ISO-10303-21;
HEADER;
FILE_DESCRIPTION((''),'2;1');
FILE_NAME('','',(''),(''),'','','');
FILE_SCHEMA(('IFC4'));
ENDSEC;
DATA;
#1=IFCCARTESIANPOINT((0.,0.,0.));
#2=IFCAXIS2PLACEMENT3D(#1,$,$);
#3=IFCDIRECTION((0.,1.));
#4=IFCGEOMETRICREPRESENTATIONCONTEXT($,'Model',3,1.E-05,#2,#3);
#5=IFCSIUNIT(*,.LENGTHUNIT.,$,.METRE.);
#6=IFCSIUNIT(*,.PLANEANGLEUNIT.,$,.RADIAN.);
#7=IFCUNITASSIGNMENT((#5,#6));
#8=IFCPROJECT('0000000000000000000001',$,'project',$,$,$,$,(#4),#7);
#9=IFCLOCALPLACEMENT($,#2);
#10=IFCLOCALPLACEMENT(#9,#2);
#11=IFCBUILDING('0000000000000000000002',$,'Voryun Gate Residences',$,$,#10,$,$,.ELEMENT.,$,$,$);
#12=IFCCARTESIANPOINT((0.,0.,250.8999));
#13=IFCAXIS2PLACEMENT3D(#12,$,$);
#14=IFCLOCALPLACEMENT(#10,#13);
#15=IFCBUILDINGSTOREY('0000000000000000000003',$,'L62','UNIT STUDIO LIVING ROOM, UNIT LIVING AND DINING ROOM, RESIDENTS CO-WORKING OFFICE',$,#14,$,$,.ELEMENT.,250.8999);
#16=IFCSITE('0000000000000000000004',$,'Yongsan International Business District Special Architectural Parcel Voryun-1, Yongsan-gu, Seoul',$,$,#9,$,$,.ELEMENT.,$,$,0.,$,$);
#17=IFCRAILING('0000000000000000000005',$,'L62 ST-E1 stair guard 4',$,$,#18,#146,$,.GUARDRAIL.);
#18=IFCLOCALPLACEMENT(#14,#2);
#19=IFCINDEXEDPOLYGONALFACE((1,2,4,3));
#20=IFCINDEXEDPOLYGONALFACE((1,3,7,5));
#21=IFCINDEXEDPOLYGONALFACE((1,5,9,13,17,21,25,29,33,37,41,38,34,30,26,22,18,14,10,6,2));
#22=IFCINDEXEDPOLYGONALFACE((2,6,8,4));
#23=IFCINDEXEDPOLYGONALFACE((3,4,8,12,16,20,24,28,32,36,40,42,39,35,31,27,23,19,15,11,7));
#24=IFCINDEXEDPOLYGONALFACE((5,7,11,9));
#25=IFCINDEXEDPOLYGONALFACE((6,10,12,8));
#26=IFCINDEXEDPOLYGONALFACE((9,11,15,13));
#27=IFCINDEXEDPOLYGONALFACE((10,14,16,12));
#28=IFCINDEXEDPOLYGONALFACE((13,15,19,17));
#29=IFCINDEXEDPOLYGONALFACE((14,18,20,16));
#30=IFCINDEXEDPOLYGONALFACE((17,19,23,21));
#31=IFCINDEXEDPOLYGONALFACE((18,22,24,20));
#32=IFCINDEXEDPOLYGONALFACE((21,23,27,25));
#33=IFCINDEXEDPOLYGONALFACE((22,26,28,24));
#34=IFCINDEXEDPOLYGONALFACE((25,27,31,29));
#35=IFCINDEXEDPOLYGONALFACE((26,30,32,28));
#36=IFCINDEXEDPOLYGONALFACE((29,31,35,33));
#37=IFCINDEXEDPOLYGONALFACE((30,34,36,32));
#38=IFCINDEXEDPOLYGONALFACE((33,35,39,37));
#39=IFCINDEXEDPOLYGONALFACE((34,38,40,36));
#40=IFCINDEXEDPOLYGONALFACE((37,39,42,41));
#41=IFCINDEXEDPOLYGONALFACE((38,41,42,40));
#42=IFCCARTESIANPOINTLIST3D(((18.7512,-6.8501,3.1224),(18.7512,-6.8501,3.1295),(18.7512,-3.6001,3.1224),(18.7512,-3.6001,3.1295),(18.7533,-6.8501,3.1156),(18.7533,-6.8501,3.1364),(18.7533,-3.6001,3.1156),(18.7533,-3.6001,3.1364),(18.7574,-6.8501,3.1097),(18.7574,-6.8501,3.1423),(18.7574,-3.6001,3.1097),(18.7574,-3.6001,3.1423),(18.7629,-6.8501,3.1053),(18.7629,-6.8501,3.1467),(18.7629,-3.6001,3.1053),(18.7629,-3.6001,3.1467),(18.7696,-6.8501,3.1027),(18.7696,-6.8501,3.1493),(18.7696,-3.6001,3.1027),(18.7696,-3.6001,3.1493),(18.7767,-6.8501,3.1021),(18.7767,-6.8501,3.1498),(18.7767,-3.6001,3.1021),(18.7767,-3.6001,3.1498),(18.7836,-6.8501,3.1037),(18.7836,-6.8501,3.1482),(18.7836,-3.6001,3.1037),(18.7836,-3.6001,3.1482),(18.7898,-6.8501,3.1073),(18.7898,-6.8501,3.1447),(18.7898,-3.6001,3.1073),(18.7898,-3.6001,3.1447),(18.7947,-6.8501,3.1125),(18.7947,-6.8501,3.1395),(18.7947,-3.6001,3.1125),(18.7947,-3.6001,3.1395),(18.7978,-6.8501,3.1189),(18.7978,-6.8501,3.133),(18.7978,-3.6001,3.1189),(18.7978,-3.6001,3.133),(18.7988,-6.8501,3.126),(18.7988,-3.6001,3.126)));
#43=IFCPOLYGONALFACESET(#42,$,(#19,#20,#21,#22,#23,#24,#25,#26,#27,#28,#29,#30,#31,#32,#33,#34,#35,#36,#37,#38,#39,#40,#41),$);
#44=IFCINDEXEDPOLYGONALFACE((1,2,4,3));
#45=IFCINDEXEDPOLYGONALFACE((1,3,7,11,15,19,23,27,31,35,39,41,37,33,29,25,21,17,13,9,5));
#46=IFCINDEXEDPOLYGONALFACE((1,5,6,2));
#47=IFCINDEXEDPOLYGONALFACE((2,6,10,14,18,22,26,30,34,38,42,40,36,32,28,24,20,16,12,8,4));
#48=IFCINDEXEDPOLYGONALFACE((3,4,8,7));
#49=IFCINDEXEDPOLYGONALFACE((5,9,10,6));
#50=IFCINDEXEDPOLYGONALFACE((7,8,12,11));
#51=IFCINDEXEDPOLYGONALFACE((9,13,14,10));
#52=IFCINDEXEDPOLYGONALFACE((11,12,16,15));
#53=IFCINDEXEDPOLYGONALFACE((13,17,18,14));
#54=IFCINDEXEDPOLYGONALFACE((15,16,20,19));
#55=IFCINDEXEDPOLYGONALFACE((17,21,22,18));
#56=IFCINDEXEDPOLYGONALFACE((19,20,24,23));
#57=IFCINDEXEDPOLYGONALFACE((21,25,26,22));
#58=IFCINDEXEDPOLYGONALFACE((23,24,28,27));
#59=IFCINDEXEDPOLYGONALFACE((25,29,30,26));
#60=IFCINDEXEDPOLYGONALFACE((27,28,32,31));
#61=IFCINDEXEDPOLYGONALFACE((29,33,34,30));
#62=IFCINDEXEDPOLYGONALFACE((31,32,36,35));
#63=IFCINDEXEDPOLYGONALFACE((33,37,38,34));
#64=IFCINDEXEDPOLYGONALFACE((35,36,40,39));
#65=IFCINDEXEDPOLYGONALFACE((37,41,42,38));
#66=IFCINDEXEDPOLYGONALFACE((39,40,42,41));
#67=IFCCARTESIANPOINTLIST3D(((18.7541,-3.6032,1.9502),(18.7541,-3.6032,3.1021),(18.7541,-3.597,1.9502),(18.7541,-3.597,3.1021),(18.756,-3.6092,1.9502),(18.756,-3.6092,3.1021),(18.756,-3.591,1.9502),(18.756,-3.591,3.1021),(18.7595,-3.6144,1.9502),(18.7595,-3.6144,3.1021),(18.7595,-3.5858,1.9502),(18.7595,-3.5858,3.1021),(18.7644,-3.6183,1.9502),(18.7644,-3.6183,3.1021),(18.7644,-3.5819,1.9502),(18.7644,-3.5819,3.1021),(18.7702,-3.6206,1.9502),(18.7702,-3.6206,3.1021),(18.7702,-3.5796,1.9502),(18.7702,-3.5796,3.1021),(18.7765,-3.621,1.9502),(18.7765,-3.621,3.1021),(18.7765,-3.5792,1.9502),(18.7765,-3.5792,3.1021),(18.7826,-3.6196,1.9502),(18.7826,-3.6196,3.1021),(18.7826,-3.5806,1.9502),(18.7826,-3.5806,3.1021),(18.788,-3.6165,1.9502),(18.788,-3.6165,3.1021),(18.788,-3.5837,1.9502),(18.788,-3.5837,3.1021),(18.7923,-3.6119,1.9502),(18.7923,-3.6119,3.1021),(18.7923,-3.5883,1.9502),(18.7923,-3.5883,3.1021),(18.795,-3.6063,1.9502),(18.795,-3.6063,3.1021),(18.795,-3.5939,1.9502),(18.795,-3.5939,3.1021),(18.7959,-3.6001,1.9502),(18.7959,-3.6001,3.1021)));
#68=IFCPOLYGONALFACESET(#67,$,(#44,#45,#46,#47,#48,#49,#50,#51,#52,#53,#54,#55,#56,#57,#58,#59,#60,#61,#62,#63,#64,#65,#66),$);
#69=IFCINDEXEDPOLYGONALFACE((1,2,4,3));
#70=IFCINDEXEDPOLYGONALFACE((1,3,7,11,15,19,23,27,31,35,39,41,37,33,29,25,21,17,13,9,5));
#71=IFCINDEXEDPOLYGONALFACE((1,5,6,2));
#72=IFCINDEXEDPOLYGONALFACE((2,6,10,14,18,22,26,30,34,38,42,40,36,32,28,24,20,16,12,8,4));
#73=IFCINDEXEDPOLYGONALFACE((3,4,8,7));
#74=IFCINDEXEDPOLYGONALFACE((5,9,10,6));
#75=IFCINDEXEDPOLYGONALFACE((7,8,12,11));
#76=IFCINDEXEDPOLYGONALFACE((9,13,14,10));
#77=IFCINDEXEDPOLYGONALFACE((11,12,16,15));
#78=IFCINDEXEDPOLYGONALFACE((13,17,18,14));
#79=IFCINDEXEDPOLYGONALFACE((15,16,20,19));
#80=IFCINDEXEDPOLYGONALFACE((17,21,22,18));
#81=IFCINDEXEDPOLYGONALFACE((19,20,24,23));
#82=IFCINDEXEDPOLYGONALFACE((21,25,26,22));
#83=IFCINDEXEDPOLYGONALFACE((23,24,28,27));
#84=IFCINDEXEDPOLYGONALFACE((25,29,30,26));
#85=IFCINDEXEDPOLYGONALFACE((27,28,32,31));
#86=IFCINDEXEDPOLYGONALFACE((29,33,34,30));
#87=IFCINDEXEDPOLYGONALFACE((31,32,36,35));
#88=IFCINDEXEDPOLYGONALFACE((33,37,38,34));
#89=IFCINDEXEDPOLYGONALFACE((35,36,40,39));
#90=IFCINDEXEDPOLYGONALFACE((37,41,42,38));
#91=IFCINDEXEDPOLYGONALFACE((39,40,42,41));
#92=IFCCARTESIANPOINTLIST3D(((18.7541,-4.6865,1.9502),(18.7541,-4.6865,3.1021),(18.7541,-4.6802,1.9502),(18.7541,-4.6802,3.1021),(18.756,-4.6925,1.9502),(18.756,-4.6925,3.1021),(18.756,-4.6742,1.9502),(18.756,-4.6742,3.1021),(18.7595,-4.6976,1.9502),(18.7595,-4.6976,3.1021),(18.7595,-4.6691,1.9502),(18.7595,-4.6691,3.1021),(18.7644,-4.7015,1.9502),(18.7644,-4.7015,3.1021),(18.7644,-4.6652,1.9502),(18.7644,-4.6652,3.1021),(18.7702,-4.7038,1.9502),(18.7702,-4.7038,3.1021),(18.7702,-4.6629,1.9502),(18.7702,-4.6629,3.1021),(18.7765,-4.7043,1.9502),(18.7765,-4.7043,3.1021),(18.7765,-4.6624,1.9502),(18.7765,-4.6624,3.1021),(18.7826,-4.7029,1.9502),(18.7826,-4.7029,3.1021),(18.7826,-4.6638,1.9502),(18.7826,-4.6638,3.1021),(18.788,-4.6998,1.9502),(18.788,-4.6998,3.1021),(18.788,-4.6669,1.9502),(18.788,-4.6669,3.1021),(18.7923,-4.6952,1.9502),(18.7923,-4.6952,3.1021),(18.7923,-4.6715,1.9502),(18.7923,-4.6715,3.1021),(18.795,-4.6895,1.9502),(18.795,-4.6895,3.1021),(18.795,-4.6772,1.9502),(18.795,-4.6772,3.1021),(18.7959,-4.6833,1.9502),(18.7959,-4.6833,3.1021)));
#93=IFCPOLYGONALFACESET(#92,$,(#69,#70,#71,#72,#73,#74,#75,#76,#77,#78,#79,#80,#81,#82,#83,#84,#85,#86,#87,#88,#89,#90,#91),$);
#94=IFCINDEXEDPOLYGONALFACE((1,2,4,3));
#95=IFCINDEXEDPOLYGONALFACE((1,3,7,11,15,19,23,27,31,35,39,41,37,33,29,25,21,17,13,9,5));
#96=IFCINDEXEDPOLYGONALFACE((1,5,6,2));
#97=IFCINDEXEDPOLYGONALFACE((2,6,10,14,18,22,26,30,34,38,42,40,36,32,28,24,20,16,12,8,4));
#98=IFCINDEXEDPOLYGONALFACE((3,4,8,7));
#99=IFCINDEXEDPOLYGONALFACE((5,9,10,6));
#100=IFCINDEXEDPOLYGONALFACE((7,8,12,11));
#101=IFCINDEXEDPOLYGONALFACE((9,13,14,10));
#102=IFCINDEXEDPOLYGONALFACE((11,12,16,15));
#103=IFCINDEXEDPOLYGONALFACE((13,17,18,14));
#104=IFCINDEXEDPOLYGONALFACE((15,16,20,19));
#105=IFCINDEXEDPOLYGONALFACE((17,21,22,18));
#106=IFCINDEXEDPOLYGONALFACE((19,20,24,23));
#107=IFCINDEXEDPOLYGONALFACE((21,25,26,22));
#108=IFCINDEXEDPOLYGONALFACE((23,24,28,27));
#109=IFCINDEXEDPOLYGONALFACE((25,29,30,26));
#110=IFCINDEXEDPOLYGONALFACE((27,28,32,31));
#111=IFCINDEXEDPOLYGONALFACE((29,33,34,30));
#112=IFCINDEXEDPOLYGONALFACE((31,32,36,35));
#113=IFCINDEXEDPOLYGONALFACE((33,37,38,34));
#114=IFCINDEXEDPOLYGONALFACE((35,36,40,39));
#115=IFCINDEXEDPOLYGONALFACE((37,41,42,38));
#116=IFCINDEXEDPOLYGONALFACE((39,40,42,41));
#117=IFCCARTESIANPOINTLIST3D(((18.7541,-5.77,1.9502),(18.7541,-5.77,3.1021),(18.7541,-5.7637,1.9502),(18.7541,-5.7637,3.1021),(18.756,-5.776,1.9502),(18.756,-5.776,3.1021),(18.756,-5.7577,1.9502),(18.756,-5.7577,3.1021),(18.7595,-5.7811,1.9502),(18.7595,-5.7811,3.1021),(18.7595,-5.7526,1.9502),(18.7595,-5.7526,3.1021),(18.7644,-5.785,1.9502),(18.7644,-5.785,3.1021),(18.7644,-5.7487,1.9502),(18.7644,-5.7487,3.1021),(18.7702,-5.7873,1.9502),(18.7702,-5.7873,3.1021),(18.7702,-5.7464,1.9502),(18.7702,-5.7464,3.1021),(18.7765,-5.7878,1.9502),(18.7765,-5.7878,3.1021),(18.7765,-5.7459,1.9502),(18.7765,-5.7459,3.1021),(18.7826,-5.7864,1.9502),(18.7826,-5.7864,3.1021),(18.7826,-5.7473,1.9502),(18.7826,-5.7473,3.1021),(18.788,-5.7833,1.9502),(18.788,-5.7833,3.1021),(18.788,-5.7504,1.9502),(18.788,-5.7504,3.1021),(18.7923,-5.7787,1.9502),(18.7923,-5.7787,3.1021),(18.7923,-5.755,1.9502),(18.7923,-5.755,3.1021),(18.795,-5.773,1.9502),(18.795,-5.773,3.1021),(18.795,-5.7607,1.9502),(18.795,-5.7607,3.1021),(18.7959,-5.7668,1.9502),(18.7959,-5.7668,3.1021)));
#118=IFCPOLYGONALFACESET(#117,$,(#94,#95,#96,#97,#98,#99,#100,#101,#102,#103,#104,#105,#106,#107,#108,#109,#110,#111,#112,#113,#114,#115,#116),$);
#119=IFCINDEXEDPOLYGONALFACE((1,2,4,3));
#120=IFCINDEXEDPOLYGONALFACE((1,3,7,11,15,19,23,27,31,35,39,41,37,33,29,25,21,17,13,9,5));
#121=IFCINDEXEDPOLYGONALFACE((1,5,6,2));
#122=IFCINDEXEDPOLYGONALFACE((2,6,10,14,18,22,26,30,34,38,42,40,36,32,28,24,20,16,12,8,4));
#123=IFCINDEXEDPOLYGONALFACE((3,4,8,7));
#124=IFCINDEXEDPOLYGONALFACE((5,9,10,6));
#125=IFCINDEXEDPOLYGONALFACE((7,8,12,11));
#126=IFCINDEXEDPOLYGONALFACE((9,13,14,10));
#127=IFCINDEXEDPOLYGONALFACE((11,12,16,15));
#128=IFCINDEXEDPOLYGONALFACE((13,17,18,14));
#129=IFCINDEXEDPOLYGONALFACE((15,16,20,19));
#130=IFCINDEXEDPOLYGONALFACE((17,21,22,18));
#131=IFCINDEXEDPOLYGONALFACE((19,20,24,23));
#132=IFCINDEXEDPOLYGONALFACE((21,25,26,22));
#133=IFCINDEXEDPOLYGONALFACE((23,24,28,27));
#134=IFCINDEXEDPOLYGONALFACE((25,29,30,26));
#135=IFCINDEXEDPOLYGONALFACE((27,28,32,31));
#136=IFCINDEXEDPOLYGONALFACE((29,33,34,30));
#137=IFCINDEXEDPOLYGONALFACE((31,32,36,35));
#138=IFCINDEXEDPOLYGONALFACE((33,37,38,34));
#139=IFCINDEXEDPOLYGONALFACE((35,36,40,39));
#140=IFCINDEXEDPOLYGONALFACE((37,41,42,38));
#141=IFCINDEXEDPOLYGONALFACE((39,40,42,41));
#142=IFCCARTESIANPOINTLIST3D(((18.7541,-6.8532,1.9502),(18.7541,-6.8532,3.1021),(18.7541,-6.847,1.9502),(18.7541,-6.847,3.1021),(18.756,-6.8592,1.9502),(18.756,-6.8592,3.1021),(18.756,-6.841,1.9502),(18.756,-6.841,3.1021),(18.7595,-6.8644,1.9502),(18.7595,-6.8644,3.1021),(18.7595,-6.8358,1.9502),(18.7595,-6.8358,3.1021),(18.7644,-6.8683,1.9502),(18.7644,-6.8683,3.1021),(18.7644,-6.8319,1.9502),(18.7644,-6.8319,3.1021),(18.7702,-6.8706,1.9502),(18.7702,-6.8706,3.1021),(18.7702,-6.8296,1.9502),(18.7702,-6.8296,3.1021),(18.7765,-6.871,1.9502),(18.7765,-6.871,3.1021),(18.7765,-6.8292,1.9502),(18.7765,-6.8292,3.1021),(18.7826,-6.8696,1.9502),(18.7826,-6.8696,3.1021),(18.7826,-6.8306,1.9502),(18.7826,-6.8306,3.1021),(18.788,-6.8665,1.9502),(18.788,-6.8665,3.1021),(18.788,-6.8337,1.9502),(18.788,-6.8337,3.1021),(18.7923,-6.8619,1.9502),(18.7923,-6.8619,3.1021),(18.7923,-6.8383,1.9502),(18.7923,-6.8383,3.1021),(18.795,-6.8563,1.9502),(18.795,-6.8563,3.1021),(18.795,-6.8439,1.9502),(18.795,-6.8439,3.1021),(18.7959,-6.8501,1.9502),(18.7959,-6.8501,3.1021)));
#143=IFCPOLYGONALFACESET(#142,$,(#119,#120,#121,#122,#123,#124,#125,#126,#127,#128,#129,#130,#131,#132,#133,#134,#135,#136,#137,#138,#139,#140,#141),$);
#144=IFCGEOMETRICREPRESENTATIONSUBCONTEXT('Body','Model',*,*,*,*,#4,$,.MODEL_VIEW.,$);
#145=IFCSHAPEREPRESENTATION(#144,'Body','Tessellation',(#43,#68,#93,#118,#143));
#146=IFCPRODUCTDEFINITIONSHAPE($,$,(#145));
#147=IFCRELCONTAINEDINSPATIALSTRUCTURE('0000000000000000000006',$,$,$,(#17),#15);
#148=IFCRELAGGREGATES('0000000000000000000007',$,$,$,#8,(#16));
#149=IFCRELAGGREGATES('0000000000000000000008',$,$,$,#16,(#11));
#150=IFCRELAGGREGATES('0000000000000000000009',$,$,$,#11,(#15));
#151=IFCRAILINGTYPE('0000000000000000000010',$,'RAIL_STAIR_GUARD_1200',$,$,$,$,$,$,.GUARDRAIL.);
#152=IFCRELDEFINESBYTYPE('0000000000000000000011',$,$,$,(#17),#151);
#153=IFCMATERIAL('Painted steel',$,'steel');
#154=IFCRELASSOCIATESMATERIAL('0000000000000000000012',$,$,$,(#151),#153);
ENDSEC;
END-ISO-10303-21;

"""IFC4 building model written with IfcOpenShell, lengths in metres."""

from ifc_helpers import new_model, si_unit, direction, frame, origin, origin_2d, place, context, subcontext, project, spatial, circle, extrude, material, type_object, element, save


model = new_model("IFC4")

# Units and contexts
model_context = context("Model", 3, precision=1e-05, world=origin(), true_north=direction((0.0, 1.0)))
body_context = subcontext(model_context, "Body", "Model", "MODEL_VIEW")
ifc_project = project(units=[si_unit("LENGTHUNIT", "METRE"), si_unit("PLANEANGLEUNIT", "RADIAN")], contexts=[model_context])

# Site, building, storey
site_placement = place(None, origin())
site = spatial("IfcSite", under=ifc_project, at=site_placement, Name="Yongsan International Business District Special Architectural Parcel Voryun-1, Yongsan-gu, Seoul", CompositionType="ELEMENT", RefElevation=0.0)
building_placement = place(site_placement, origin())
building = spatial("IfcBuilding", under=site, at=building_placement, Name="Voryun Gate Residences", CompositionType="ELEMENT")
storey_placement = place(building_placement, frame((0.0, 0.0, 250.8999)))
storey = spatial("IfcBuildingStorey", under=building, at=storey_placement, Name="L62", Description="UNIT STUDIO LIVING ROOM, UNIT LIVING AND DINING ROOM, RESIDENTS CO-WORKING OFFICE", CompositionType="ELEMENT", Elevation=250.8999)

# Railing
ifc_material_1 = material(Name="Painted steel", Category="steel")
railing_type_1 = type_object("IfcRailingType", Name="RAIL_STAIR_GUARD_1200", PredefinedType="GUARDRAIL", material=ifc_material_1)
railing_1_placement = place(storey_placement, frame((18.7749, -3.6001, 1.9502)))
element("IfcRailing", 1, at=railing_1_placement, inside=storey, type_object=railing_type_1, Name="L62 ST-E1 stair guard 4", PredefinedType="GUARDRAIL", context=body_context, shape_type="SweptSolid", body=[
    extrude(circle(Radius=0.0239, at=origin_2d()), frame((0.0, 0.0, 1.1758), z_axis=(0.0, -1.0, 0.0), x_axis=(1.0, 0.0, 0.0)), (0.0, 0.0, 1.0), 3.25),
    extrude(circle(Radius=0.021, at=origin_2d()), origin(), (0.0, 0.0, 1.0), 1.1519),
    extrude(circle(Radius=0.021, at=origin_2d()), frame((0.0, -1.0833, 0.0)), (0.0, 0.0, 1.0), 1.1519),
    extrude(circle(Radius=0.021, at=origin_2d()), frame((0.0, -2.1667, 0.0)), (0.0, 0.0, 1.0), 1.1519),
    extrude(circle(Radius=0.021, at=origin_2d()), frame((0.0, -3.25, 0.0)), (0.0, 0.0, 1.0), 1.1519),
])

save(model, "model.ifc")
